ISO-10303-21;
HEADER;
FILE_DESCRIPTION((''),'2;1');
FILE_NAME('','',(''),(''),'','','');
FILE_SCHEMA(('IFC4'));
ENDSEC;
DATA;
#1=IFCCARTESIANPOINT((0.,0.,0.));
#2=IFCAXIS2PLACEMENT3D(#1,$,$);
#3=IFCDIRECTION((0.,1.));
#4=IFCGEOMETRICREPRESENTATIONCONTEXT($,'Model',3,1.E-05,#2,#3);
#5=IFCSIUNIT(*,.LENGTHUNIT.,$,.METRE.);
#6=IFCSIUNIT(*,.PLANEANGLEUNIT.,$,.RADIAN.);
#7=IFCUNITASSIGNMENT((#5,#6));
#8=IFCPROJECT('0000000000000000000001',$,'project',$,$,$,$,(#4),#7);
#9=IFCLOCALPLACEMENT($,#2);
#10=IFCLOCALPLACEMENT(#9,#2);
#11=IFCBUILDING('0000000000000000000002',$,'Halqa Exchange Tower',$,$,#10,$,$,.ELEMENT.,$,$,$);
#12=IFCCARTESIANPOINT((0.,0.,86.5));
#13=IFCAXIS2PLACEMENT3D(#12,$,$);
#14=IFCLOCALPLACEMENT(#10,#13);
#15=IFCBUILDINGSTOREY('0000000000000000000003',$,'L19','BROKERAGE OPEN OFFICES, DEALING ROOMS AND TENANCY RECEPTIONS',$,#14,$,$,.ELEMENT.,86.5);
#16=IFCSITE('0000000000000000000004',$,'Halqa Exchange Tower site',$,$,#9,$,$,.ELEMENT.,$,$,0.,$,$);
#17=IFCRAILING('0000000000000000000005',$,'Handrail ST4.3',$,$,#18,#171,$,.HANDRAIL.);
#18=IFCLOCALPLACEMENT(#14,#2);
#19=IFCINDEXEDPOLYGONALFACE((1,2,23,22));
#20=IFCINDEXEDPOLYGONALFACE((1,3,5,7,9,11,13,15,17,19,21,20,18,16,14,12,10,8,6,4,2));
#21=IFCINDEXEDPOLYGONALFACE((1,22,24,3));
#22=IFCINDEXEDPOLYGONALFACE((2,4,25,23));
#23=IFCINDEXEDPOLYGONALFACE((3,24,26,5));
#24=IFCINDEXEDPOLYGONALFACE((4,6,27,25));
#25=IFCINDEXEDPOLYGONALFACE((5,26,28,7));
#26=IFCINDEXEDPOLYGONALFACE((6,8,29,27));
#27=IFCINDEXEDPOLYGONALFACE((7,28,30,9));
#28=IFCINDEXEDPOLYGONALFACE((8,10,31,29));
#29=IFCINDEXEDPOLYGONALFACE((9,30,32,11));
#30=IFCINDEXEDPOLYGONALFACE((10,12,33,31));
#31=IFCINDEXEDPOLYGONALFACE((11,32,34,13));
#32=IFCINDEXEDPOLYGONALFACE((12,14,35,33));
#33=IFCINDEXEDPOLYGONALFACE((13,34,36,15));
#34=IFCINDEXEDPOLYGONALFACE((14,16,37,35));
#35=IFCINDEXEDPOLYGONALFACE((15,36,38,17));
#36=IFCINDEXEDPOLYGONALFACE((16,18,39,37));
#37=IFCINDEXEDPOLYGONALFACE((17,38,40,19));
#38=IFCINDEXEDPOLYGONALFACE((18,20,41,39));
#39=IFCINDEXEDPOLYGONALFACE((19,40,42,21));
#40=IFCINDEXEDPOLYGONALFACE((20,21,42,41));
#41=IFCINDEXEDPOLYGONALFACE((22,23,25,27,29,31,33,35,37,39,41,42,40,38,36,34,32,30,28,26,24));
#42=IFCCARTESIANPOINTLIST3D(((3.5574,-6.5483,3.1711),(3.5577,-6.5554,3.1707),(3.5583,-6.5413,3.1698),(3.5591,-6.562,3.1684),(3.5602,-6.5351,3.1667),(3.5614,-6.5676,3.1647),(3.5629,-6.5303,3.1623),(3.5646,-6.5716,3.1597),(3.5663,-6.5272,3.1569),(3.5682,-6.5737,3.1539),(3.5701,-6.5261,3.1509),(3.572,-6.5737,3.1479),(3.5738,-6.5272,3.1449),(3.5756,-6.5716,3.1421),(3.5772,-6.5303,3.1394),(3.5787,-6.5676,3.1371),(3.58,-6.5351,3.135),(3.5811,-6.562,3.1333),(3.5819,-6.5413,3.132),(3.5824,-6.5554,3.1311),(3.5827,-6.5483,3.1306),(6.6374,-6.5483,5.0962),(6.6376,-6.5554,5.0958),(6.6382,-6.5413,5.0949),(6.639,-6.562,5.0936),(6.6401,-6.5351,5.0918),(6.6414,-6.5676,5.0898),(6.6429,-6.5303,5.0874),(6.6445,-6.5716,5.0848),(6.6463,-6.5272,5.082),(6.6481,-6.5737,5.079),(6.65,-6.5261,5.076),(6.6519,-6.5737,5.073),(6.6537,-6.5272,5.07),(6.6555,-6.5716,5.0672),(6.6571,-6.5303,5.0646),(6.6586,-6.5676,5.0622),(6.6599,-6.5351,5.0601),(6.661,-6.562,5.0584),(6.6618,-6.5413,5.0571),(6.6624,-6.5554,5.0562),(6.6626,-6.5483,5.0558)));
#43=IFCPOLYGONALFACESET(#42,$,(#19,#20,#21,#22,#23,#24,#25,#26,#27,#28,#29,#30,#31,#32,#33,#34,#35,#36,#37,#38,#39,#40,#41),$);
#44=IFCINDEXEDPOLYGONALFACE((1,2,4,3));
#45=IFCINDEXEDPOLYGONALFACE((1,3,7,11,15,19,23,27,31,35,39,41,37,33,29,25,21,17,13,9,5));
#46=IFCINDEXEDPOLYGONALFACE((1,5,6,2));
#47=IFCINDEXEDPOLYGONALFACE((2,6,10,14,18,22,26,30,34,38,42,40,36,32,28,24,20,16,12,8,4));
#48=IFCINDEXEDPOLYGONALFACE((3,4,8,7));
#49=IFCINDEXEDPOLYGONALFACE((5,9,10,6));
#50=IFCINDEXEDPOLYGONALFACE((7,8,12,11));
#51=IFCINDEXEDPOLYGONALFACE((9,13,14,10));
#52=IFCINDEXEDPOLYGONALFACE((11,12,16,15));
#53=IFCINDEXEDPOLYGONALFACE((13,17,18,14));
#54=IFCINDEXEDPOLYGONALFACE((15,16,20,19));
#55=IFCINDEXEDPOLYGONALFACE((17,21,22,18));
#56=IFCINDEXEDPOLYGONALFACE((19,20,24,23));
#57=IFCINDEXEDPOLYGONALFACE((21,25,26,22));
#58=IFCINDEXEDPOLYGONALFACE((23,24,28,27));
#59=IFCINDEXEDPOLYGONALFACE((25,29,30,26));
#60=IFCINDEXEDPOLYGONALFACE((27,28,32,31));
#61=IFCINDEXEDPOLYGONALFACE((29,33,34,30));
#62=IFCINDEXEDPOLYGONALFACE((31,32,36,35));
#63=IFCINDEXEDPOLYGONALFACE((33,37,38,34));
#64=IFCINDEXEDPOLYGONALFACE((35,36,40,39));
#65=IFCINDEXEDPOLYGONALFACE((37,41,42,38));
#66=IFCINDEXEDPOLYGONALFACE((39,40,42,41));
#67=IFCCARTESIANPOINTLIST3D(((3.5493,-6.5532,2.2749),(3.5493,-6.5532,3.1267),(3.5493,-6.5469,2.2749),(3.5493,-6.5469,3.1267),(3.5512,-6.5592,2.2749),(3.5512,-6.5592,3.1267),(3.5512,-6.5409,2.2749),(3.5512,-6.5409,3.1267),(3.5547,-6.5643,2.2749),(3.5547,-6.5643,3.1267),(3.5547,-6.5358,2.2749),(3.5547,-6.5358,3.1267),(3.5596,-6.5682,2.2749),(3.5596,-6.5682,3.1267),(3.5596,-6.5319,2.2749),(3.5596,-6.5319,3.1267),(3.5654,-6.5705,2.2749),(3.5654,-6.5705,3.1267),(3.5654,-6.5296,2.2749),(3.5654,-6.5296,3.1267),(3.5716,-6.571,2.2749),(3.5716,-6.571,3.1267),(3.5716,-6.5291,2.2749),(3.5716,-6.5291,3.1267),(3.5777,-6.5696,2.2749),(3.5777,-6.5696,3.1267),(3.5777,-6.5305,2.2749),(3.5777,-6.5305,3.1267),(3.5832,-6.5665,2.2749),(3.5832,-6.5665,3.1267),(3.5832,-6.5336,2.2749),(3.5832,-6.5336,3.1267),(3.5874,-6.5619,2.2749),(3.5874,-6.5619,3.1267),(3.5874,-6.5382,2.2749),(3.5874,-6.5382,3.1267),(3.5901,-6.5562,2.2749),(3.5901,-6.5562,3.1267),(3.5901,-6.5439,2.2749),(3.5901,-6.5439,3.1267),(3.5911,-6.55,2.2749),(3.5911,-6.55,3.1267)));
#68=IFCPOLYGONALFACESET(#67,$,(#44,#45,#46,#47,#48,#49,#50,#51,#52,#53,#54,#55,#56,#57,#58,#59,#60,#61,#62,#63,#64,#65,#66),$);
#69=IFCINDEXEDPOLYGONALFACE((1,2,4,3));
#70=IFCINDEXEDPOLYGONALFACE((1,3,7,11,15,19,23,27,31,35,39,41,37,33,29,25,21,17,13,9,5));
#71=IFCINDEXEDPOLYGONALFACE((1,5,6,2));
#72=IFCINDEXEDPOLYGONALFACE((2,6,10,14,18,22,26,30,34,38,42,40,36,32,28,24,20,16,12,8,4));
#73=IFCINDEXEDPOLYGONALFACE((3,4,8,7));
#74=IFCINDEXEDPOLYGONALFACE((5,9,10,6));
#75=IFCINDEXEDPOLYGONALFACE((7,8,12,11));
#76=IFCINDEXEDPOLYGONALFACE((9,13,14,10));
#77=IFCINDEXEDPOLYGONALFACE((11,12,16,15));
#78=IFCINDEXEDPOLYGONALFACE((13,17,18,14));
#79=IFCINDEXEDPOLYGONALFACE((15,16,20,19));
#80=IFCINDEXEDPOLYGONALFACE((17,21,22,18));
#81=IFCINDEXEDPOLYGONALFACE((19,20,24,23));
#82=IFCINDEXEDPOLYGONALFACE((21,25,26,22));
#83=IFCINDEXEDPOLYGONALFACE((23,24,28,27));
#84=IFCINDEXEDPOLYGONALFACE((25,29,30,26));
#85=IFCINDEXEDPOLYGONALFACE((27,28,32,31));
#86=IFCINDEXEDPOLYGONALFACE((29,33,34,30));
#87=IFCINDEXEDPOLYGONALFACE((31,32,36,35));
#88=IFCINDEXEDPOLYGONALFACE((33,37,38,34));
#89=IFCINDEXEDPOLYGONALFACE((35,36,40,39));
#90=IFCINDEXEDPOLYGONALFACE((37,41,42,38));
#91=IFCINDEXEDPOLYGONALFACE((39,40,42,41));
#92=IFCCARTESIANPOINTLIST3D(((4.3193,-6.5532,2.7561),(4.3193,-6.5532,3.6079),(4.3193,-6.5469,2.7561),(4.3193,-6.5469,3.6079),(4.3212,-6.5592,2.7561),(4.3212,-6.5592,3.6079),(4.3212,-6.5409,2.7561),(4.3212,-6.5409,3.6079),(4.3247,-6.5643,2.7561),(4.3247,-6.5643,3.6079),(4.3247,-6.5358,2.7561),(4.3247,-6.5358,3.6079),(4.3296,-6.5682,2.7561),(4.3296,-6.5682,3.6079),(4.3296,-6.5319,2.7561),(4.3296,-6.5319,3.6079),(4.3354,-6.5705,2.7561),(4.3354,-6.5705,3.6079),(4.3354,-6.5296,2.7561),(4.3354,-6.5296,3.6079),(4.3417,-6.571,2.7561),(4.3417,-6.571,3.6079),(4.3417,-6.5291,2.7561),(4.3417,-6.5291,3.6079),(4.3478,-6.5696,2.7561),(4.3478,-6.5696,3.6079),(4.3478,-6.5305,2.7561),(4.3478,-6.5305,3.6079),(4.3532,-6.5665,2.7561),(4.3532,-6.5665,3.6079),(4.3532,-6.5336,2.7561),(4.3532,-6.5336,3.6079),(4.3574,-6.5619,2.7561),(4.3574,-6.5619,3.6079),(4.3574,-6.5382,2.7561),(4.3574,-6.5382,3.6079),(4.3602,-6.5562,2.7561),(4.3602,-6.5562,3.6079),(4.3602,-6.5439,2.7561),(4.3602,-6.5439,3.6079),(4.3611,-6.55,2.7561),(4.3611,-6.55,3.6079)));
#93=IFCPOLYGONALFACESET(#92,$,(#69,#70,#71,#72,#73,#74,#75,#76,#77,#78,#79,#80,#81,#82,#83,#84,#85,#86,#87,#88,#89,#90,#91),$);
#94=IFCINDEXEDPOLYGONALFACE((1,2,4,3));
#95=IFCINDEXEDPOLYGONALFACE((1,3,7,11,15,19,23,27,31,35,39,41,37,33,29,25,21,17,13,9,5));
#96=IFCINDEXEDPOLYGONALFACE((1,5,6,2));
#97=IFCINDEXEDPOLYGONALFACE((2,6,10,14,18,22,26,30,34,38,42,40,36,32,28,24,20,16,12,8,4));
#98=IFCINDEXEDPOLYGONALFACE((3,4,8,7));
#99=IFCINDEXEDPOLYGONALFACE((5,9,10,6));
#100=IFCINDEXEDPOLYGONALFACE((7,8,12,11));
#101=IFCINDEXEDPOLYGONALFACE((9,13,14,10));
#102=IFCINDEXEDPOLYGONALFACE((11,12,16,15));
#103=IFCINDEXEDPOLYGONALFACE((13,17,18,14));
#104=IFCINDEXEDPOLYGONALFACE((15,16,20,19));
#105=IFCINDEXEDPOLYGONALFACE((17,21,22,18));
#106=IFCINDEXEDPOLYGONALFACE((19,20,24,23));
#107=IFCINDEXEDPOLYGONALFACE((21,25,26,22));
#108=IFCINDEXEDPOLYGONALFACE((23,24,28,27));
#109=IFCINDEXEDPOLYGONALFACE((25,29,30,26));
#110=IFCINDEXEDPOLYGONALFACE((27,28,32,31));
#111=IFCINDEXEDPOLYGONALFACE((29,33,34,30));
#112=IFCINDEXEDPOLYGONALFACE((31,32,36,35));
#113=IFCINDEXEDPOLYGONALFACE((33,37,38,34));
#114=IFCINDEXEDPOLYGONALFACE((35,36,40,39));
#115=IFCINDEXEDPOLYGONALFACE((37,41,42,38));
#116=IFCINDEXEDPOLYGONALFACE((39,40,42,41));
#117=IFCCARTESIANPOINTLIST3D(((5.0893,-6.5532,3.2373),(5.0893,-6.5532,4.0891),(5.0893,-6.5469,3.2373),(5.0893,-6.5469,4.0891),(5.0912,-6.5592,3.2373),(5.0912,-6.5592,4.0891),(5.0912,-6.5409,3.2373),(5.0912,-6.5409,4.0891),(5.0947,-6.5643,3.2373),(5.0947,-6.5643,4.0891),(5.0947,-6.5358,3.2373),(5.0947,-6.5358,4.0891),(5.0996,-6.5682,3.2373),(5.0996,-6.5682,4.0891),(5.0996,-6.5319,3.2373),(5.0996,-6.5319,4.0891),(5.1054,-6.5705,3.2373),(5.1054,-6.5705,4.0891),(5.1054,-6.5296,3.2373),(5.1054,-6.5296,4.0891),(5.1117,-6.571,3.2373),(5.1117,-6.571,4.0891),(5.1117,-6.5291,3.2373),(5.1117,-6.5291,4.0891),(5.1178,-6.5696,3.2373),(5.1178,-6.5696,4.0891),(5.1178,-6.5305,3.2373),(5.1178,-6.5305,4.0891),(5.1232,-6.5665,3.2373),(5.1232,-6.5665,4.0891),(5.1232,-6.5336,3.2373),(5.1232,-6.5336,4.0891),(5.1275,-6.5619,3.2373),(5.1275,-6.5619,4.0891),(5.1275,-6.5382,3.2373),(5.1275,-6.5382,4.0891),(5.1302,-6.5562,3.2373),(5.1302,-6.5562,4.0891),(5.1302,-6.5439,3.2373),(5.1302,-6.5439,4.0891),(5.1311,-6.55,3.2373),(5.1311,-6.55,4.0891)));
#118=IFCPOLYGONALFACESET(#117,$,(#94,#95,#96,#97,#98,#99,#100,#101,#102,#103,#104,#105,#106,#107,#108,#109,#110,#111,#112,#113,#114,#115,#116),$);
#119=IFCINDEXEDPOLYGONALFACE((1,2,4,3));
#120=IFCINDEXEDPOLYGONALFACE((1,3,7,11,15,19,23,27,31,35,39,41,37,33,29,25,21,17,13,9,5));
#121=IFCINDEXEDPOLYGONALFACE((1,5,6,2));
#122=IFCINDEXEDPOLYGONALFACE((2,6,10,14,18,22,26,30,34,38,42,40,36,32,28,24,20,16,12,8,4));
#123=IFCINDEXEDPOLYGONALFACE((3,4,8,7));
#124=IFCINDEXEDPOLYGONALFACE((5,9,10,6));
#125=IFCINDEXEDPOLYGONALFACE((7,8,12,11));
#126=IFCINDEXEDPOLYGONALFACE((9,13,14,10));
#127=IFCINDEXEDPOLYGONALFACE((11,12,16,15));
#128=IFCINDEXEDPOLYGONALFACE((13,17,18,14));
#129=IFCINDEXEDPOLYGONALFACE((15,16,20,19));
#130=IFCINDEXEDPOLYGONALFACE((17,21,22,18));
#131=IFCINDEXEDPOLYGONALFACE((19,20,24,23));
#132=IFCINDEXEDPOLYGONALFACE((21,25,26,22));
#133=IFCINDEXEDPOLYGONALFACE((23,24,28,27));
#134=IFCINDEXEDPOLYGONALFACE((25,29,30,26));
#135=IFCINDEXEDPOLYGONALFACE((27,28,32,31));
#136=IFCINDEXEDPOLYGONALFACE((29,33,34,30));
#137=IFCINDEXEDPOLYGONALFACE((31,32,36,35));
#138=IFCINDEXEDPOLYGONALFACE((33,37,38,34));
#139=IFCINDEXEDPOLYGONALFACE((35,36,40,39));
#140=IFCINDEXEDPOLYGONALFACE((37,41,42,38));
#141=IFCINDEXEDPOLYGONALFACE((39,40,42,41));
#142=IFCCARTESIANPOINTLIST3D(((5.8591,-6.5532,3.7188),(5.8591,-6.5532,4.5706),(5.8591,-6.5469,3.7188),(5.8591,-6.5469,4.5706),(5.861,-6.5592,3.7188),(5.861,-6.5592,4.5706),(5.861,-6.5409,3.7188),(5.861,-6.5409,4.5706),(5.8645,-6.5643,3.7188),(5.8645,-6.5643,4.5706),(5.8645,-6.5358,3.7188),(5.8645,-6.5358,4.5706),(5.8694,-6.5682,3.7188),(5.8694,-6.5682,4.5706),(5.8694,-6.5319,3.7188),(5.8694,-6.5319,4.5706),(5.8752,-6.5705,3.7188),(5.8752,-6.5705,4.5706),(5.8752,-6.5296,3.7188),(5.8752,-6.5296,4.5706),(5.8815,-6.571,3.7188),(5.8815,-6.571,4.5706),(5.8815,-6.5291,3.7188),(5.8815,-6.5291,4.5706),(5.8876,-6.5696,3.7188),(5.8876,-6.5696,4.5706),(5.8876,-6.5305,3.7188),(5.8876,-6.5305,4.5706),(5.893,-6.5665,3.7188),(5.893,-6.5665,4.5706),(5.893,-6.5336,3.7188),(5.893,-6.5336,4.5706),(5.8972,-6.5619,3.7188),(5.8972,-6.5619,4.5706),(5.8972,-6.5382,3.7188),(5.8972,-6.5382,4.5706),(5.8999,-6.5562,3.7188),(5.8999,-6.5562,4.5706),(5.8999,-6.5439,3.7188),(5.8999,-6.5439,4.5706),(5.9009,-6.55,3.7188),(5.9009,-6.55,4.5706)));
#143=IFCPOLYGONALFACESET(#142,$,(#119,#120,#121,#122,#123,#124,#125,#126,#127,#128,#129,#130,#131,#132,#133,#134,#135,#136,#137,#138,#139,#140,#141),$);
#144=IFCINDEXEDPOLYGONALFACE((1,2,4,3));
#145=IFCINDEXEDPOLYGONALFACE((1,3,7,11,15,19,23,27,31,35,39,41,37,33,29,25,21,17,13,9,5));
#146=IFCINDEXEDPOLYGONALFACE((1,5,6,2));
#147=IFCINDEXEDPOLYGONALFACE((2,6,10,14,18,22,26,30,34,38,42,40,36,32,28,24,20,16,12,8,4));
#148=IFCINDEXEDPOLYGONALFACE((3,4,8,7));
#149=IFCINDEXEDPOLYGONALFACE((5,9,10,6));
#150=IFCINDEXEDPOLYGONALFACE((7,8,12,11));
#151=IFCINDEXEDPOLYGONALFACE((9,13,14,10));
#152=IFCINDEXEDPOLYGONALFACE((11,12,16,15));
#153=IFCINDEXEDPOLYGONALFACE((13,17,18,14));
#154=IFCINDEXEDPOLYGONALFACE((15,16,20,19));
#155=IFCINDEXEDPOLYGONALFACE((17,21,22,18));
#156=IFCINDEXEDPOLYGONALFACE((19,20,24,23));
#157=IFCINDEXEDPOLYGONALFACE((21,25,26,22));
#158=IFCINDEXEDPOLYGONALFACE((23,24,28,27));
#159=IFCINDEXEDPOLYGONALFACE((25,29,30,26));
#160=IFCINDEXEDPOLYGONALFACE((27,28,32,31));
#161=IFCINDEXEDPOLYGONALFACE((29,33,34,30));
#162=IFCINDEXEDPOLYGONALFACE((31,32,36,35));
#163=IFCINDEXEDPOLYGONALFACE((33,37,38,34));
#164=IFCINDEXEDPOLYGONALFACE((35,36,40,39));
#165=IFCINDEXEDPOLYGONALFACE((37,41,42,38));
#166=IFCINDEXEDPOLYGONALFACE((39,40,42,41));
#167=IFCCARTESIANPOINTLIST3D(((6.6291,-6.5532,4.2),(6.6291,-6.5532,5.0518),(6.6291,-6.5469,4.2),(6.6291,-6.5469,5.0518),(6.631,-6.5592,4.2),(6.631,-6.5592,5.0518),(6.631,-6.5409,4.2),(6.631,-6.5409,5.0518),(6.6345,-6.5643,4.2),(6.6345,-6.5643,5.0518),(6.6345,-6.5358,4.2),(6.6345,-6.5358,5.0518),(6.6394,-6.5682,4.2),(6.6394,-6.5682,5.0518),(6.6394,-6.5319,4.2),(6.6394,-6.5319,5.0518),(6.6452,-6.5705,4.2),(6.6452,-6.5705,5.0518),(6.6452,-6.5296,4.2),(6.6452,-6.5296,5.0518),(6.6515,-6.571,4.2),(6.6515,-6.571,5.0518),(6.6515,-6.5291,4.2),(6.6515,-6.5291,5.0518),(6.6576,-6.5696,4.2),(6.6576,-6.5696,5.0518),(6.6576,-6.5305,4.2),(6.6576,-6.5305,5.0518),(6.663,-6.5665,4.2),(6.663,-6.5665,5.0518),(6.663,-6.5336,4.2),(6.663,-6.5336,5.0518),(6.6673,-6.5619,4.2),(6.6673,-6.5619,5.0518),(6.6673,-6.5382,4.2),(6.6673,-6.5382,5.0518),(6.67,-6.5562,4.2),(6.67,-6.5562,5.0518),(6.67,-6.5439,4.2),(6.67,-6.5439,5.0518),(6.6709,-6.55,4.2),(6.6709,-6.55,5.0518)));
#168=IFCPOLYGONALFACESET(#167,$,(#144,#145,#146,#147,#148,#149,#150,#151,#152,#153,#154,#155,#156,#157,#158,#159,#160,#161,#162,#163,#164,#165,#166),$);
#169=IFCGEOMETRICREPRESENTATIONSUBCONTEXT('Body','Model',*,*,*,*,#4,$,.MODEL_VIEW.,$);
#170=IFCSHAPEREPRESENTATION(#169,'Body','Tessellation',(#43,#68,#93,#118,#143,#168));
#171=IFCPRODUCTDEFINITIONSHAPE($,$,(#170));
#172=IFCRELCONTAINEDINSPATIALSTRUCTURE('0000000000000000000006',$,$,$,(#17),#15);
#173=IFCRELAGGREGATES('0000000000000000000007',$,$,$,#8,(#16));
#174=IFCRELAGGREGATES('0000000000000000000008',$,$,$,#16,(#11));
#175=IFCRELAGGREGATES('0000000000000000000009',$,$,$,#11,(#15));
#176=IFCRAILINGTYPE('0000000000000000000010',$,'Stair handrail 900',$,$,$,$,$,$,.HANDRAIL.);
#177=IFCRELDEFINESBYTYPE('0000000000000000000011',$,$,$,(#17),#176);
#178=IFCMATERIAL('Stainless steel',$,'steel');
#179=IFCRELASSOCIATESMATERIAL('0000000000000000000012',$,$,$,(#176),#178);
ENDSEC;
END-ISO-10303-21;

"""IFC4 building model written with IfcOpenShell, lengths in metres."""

from ifc_helpers import new_model, si_unit, direction, frame, origin, origin_2d, place, context, subcontext, project, spatial, circle, extrude, material, type_object, element, save


model = new_model("IFC4")

# Units and contexts
model_context = context("Model", 3, precision=1e-05, world=origin(), true_north=direction((0.0, 1.0)))
body_context = subcontext(model_context, "Body", "Model", "MODEL_VIEW")
ifc_project = project(units=[si_unit("LENGTHUNIT", "METRE"), si_unit("PLANEANGLEUNIT", "RADIAN")], contexts=[model_context])

# Site, building, storey
site_placement = place(None, origin())
site = spatial("IfcSite", under=ifc_project, at=site_placement, Name="Halqa Exchange Tower site", CompositionType="ELEMENT", RefElevation=0.0)
building_placement = place(site_placement, origin())
building = spatial("IfcBuilding", under=site, at=building_placement, Name="Halqa Exchange Tower", CompositionType="ELEMENT")
storey_placement = place(building_placement, frame((0.0, 0.0, 86.5)))
storey = spatial("IfcBuildingStorey", under=building, at=storey_placement, Name="L19", Description="BROKERAGE OPEN OFFICES, DEALING ROOMS AND TENANCY RECEPTIONS", CompositionType="ELEMENT", Elevation=86.5)

# Railing
ifc_material_1 = material(Name="Stainless steel", Category="steel")
railing_type_1 = type_object("IfcRailingType", Name="Stair handrail 900", PredefinedType="HANDRAIL", material=ifc_material_1)
railing_1_placement = place(storey_placement, frame((3.5701, -6.55, 2.2749)))
element("IfcRailing", 1, at=railing_1_placement, inside=storey, type_object=railing_type_1, Name="Handrail ST4.3", PredefinedType="HANDRAIL", context=body_context, shape_type="SweptSolid", body=[
    extrude(circle(Radius=0.0239, at=origin_2d()), frame((0.0, 0.0, 0.876), z_axis=(0.847979, 0.0, 0.530029), x_axis=(0.0, 1.0, 0.0)), (0.0, 0.0, 1.0), 3.6321),
    extrude(circle(Radius=0.021, at=origin_2d()), origin(), (0.0, 0.0, 1.0), 0.8518),
    extrude(circle(Radius=0.021, at=origin_2d()), frame((0.77, 0.0, 0.4812)), (0.0, 0.0, 1.0), 0.8518),
    extrude(circle(Radius=0.021, at=origin_2d()), frame((1.54, 0.0, 0.9624)), (0.0, 0.0, 1.0), 0.8518),
    extrude(circle(Radius=0.021, at=origin_2d()), frame((2.3098, 0.0, 1.4438)), (0.0, 0.0, 1.0), 0.8518),
    extrude(circle(Radius=0.021, at=origin_2d()), frame((3.0798, 0.0, 1.925)), (0.0, 0.0, 1.0), 0.8518),
])

save(model, "model.ifc")
